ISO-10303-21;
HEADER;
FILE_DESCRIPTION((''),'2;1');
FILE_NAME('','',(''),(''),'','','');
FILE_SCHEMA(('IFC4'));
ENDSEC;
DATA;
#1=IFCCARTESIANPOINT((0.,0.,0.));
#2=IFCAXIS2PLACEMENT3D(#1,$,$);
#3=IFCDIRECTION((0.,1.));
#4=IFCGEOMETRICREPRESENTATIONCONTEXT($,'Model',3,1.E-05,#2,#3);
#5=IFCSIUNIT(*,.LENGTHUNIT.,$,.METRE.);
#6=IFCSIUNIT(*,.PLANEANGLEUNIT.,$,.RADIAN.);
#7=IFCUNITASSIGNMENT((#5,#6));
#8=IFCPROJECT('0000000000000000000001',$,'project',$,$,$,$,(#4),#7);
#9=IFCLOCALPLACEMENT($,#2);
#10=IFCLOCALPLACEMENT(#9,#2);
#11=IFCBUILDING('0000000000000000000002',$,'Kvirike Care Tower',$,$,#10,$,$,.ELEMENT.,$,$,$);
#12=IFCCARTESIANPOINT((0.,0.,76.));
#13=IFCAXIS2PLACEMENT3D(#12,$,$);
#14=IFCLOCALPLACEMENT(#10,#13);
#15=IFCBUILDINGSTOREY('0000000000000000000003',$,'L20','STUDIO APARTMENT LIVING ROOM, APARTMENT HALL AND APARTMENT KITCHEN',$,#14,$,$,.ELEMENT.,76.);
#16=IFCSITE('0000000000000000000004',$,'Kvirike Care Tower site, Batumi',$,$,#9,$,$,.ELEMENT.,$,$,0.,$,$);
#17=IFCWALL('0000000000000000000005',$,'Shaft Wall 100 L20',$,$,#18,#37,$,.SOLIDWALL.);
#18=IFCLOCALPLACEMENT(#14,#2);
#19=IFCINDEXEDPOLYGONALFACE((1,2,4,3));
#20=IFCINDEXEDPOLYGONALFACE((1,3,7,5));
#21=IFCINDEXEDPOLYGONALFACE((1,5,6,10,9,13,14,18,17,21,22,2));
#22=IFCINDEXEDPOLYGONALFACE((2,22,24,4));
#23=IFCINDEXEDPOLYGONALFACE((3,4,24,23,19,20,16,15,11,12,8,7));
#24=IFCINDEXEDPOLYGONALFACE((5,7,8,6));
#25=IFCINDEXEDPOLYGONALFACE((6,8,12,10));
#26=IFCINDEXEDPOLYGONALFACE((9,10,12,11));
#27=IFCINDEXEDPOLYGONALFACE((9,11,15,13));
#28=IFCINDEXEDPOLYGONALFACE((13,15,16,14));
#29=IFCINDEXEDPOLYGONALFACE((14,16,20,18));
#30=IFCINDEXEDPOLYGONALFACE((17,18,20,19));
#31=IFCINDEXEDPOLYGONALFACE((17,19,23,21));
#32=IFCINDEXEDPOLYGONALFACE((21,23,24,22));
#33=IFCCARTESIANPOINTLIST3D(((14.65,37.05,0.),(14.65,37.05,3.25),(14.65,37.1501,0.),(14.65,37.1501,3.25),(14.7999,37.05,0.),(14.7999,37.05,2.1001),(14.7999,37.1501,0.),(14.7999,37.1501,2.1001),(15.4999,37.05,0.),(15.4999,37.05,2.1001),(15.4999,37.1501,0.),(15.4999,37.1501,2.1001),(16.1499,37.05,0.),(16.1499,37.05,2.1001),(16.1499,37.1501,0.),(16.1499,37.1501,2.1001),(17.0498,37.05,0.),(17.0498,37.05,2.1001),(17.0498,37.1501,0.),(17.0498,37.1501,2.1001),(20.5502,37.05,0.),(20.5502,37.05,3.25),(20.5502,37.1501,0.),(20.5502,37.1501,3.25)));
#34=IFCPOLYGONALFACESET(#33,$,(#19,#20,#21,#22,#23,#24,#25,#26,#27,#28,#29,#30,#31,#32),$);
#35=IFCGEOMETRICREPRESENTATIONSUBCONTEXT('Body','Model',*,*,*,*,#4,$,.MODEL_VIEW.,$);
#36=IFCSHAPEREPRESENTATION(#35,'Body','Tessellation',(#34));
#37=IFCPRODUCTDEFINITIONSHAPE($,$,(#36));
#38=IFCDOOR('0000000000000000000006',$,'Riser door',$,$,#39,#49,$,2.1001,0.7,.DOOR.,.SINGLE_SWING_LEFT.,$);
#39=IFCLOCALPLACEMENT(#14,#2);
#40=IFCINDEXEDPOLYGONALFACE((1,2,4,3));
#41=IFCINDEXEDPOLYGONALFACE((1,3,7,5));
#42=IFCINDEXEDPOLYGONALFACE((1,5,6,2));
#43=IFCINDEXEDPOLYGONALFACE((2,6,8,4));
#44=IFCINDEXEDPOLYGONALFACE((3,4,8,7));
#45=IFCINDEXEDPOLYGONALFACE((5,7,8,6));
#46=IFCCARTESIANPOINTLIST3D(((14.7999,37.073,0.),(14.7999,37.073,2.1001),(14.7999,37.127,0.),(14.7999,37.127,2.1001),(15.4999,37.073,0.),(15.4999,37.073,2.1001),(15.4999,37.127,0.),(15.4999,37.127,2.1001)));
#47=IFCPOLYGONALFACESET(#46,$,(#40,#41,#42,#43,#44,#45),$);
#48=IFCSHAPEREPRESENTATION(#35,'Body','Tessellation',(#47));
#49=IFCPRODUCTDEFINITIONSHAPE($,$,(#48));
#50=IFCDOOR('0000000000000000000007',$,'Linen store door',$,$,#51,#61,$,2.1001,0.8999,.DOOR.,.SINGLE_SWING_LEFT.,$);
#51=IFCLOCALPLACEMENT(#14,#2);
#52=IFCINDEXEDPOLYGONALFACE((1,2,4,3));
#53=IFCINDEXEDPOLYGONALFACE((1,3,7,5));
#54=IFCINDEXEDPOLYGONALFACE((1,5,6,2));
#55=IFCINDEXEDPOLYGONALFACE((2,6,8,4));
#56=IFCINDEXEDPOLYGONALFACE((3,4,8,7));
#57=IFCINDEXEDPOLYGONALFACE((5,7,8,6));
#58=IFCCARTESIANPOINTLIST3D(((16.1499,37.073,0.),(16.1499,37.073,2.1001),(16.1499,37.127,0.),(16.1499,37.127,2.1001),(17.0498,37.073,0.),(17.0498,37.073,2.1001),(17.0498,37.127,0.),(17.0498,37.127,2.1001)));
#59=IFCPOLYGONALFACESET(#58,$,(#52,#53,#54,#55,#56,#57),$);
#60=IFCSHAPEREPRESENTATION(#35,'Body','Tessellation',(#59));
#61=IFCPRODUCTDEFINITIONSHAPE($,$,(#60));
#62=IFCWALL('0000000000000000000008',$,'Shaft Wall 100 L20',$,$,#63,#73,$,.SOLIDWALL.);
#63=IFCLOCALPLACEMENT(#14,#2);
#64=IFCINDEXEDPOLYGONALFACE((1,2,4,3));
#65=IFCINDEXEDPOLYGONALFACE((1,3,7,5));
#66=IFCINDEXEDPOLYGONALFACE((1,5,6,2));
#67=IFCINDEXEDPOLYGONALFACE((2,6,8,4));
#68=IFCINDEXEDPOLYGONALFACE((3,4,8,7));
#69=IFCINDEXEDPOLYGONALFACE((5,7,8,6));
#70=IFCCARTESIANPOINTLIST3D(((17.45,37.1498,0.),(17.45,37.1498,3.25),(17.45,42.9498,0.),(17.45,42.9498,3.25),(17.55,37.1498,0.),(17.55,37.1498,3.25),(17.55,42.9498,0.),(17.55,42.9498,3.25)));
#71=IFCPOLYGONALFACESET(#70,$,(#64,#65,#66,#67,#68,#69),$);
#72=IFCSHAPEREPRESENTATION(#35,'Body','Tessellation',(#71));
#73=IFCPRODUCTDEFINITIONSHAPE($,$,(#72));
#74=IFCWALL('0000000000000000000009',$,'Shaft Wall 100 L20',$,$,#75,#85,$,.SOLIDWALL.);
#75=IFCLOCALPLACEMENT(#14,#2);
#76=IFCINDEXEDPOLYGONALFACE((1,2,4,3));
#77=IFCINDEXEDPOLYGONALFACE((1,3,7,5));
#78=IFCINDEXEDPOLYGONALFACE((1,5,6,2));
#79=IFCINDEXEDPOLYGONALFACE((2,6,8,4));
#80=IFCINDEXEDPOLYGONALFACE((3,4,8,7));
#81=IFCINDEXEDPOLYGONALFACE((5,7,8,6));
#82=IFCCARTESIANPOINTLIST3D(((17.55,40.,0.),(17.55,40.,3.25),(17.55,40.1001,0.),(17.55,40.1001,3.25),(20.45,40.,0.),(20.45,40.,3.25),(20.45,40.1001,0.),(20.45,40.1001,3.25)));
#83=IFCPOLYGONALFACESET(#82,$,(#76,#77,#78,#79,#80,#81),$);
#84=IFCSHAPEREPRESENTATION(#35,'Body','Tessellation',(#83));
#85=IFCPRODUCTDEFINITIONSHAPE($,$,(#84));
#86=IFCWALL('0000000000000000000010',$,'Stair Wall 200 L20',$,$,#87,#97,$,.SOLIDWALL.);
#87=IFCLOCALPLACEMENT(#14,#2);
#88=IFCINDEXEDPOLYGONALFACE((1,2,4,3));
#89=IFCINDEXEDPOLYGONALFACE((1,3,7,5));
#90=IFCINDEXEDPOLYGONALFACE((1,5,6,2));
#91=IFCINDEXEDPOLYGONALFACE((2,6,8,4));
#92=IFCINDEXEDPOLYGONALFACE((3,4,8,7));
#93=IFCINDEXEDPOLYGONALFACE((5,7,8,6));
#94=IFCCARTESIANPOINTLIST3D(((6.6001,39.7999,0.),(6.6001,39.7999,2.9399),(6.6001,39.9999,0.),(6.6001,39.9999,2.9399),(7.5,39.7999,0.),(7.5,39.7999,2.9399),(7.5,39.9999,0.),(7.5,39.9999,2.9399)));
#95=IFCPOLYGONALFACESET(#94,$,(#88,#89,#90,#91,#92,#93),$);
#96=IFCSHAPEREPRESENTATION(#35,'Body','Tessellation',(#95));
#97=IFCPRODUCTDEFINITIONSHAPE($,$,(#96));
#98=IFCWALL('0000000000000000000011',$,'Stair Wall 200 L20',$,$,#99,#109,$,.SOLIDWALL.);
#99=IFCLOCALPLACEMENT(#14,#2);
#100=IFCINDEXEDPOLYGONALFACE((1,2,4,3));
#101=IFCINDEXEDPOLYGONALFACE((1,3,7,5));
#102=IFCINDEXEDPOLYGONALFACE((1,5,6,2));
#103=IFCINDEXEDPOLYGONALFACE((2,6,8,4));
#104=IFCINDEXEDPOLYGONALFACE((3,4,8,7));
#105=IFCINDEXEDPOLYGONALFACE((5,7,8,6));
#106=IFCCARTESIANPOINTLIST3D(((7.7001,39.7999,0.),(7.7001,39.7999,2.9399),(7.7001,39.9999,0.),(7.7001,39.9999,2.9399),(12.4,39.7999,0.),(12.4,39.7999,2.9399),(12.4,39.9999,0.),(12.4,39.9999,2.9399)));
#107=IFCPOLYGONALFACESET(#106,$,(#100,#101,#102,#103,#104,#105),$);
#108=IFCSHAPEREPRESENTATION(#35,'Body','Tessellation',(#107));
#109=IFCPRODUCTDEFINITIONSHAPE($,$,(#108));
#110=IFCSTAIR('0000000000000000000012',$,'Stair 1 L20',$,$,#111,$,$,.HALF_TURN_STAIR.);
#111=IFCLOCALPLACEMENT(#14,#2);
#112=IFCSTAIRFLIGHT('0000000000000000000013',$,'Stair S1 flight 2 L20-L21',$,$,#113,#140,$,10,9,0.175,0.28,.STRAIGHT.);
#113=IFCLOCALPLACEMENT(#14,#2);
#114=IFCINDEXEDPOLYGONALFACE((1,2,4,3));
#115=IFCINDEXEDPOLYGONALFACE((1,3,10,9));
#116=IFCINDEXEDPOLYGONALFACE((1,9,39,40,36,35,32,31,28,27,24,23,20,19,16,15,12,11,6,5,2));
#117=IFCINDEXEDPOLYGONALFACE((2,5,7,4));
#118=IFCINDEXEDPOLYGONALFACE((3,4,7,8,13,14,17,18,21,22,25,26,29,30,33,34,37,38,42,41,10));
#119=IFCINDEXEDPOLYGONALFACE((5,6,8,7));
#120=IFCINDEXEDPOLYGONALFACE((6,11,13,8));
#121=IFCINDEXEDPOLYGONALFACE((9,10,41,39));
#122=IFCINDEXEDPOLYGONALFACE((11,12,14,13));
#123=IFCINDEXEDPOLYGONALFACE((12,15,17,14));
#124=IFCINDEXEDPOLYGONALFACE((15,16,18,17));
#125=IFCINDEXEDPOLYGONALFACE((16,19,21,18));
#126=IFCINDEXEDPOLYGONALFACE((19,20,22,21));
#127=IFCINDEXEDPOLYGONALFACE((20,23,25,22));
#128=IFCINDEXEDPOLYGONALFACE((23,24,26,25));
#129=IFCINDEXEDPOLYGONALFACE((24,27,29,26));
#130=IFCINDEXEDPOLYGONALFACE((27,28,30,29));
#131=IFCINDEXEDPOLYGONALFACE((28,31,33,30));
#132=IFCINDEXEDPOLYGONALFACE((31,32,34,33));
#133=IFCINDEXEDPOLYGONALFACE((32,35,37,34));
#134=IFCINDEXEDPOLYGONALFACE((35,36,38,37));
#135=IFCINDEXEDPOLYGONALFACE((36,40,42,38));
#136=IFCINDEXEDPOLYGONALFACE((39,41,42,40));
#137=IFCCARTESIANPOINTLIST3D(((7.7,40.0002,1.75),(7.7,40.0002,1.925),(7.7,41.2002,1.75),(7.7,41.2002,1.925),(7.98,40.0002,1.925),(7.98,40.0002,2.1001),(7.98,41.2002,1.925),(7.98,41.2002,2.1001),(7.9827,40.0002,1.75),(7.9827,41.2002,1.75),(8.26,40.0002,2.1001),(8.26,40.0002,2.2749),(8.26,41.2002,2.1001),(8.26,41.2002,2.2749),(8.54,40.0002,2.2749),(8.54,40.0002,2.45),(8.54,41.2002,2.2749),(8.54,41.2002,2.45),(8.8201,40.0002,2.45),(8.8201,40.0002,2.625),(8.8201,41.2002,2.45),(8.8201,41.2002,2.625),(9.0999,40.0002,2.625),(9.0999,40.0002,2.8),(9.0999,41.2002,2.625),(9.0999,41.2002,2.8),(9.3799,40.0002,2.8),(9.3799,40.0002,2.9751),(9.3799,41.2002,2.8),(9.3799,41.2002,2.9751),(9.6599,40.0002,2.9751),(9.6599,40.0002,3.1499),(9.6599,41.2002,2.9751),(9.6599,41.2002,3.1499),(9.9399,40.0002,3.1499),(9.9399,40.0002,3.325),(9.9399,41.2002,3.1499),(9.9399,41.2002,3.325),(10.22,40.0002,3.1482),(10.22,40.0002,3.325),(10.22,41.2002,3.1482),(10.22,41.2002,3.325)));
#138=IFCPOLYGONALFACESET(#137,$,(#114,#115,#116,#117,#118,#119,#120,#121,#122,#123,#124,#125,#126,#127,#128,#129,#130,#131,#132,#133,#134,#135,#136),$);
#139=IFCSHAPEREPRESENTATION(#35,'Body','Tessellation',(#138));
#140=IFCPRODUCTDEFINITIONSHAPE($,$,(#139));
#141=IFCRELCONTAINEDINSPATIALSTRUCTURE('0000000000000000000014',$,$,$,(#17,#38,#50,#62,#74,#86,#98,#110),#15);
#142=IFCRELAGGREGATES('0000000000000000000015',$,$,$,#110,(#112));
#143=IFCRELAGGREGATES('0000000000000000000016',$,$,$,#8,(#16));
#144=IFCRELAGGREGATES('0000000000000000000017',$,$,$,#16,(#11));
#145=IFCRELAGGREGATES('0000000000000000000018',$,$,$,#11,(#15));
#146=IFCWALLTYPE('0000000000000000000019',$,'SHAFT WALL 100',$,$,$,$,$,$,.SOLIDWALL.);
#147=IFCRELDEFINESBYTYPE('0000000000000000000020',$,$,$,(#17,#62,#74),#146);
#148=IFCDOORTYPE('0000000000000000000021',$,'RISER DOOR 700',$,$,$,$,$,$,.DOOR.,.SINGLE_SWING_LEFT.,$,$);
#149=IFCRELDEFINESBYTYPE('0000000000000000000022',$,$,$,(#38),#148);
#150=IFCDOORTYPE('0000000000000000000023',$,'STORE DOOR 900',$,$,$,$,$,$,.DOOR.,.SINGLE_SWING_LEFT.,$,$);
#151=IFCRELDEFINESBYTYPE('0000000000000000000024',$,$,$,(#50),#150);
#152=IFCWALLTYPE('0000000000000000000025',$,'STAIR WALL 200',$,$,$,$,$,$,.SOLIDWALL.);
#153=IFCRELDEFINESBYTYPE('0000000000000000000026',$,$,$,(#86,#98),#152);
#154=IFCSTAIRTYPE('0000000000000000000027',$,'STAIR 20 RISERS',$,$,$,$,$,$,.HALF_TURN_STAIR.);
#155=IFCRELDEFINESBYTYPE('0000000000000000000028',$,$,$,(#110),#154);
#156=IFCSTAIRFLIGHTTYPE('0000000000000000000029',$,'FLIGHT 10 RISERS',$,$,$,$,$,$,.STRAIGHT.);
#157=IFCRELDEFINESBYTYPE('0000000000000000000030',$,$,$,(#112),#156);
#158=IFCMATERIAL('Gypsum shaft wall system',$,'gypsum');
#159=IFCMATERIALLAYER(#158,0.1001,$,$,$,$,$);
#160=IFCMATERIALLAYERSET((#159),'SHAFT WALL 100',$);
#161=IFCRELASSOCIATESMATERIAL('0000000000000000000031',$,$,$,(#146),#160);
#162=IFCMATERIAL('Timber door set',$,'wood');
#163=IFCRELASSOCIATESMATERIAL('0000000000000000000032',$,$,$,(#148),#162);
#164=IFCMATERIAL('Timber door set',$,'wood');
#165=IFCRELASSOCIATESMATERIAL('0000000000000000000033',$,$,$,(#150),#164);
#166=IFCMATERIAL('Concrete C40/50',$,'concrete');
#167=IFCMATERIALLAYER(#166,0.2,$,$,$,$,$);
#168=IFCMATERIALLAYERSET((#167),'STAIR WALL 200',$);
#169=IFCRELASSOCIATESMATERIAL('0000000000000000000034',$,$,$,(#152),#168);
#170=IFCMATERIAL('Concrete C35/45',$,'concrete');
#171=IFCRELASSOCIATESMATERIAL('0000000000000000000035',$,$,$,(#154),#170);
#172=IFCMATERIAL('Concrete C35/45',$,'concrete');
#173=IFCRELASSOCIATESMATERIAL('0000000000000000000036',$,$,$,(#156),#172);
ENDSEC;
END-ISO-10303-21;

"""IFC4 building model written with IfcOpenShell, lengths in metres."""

from ifc_helpers import new_model, si_unit, direction, frame, frame_2d, origin, place, context, subcontext, project, spatial, polyline, rectangle, outline, extrude, material, layer, layer_set, type_object, element, fill, aggregate, save


model = new_model("IFC4")

# Units and contexts
model_context = context("Model", 3, precision=1e-05, world=origin(), true_north=direction((0.0, 1.0)))
body_context = subcontext(model_context, "Body", "Model", "MODEL_VIEW")
ifc_project = project(units=[si_unit("LENGTHUNIT", "METRE"), si_unit("PLANEANGLEUNIT", "RADIAN")], contexts=[model_context])

# Site, building, storey
site_placement = place(None, origin())
site = spatial("IfcSite", under=ifc_project, at=site_placement, Name="Kvirike Care Tower site, Batumi", CompositionType="ELEMENT", RefElevation=0.0)
building_placement = place(site_placement, origin())
building = spatial("IfcBuilding", under=site, at=building_placement, Name="Kvirike Care Tower", CompositionType="ELEMENT")
storey_placement = place(building_placement, frame((0.0, 0.0, 76.0)))
storey = spatial("IfcBuildingStorey", under=building, at=storey_placement, Name="L20", Description="STUDIO APARTMENT LIVING ROOM, APARTMENT HALL AND APARTMENT KITCHEN", CompositionType="ELEMENT", Elevation=76.0)

# Shared definitions
ifc_material_1 = material(Name="Gypsum shaft wall system", Category="gypsum")
ifc_layer_1 = layer(ifc_material_1, 0.1001)
ifc_layer_set_1 = layer_set([ifc_layer_1], Name="SHAFT WALL 100")
wall_type_1 = type_object("IfcWallType", Name="SHAFT WALL 100", PredefinedType="SOLIDWALL", material=ifc_layer_set_1)

# Shared definitions
ifc_material_2 = material(Name="Timber door set", Category="wood")
door_type_1 = type_object("IfcDoorType", Name="RISER DOOR 700", OperationType="SINGLE_SWING_LEFT", PredefinedType="DOOR", material=ifc_material_2)

# Wall, openings, doors
wall_1_placement = place(storey_placement, frame((14.6499, 37.1001, 0.0), z_axis=(0.0, 0.0, 1.0), x_axis=(1.0, 0.0, 0.0)))
wall_1 = element("IfcWall", 1, at=wall_1_placement, inside=storey, type_object=wall_type_1, Name="Shaft Wall 100 L20", PredefinedType="SOLIDWALL", context=body_context, shape_type="SweptSolid", body=[
    extrude(rectangle(XDim=5.9001, YDim=0.1001, at=frame_2d((2.9502, 0.0))), origin(), (0.0, 0.0, 1.0), 3.25),
])
opening_1_placement = place(wall_1_placement, frame((0.1499, 0.0, 0.0)))
opening_1 = element("IfcOpeningElement", 2, at=opening_1_placement, cuts=wall_1, PredefinedType="OPENING", context=body_context, shape_type="SweptSolid", body=[
    extrude(rectangle(XDim=0.7, YDim=2.1001, at=frame_2d((0.3501, 1.05))), frame((0.0, 0.0605, 0.0), z_axis=(0.0, -1.0, 0.0), x_axis=(1.0, 0.0, 0.0)), (0.0, 0.0, 1.0), 0.1211),
])
opening_2_placement = place(wall_1_placement, frame((1.5, 0.0, 0.0)))
opening_2 = element("IfcOpeningElement", 3, at=opening_2_placement, cuts=wall_1, PredefinedType="OPENING", context=body_context, shape_type="SweptSolid", body=[
    extrude(rectangle(XDim=0.8999, YDim=2.1001, at=frame_2d((0.45, 1.05))), frame((0.0, 0.0605, 0.0), z_axis=(0.0, -1.0, 0.0), x_axis=(1.0, 0.0, 0.0)), (0.0, 0.0, 1.0), 0.1211),
])
door_1_placement = place(opening_1_placement, origin())
door_1 = element("IfcDoor", 4, at=door_1_placement, inside=storey, type_object=door_type_1, Name="Riser door", OperationType="SINGLE_SWING_LEFT", OverallHeight=2.1001, OverallWidth=0.7, PredefinedType="DOOR", context=body_context, shape_type="SweptSolid", body=[
    extrude(rectangle(XDim=0.7, YDim=2.1001, at=frame_2d((0.3501, 1.05))), frame((0.0, 0.0269, 0.0), z_axis=(0.0, -1.0, 0.0), x_axis=(1.0, 0.0, 0.0)), (0.0, 0.0, 1.0), 0.054),
])
fill(opening_1, door_1)
ifc_material_3 = material(Name="Timber door set", Category="wood")
door_type_2 = type_object("IfcDoorType", Name="STORE DOOR 900", OperationType="SINGLE_SWING_LEFT", PredefinedType="DOOR", material=ifc_material_3)
door_2_placement = place(opening_2_placement, origin())
door_2 = element("IfcDoor", 5, at=door_2_placement, inside=storey, type_object=door_type_2, Name="Linen store door", OperationType="SINGLE_SWING_LEFT", OverallHeight=2.1001, OverallWidth=0.8999, PredefinedType="DOOR", context=body_context, shape_type="SweptSolid", body=[
    extrude(rectangle(XDim=0.8999, YDim=2.1001, at=frame_2d((0.45, 1.05))), frame((0.0, 0.0269, 0.0), z_axis=(0.0, -1.0, 0.0), x_axis=(1.0, 0.0, 0.0)), (0.0, 0.0, 1.0), 0.054),
])
fill(opening_2, door_2)

# Walls
wall_2_placement = place(storey_placement, frame((17.5, 37.1499, 0.0), z_axis=(0.0, 0.0, 1.0), x_axis=(0.0, 1.0, 0.0)))
element("IfcWall", 6, at=wall_2_placement, inside=storey, type_object=wall_type_1, Name="Shaft Wall 100 L20", PredefinedType="SOLIDWALL", context=body_context, shape_type="SweptSolid", body=[
    extrude(rectangle(XDim=5.8, YDim=0.1001, at=frame_2d((2.8999, 0.0))), origin(), (0.0, 0.0, 1.0), 3.25),
])
wall_3_placement = place(storey_placement, frame((17.55, 40.05, 0.0), z_axis=(0.0, 0.0, 1.0), x_axis=(1.0, 0.0, 0.0)))
element("IfcWall", 7, at=wall_3_placement, inside=storey, type_object=wall_type_1, Name="Shaft Wall 100 L20", PredefinedType="SOLIDWALL", context=body_context, shape_type="SweptSolid", body=[
    extrude(rectangle(XDim=2.8999, YDim=0.1001, at=frame_2d((1.45, 0.0))), origin(), (0.0, 0.0, 1.0), 3.25),
])
ifc_material_4 = material(Name="Concrete C40/50", Category="concrete")
ifc_layer_2 = layer(ifc_material_4, 0.2)
ifc_layer_set_2 = layer_set([ifc_layer_2], Name="STAIR WALL 200")
wall_type_2 = type_object("IfcWallType", Name="STAIR WALL 200", PredefinedType="SOLIDWALL", material=ifc_layer_set_2)
wall_4_placement = place(storey_placement, frame((6.6001, 39.8999, 0.0), z_axis=(0.0, 0.0, 1.0), x_axis=(1.0, 0.0, 0.0)))
element("IfcWall", 8, at=wall_4_placement, inside=storey, type_object=wall_type_2, Name="Stair Wall 200 L20", PredefinedType="SOLIDWALL", context=body_context, shape_type="SweptSolid", body=[
    extrude(rectangle(XDim=0.8999, YDim=0.2, at=frame_2d((0.45, 0.0))), origin(), (0.0, 0.0, 1.0), 2.9399),
])
wall_5_placement = place(storey_placement, frame((7.7, 39.8999, 0.0), z_axis=(0.0, 0.0, 1.0), x_axis=(1.0, 0.0, 0.0)))
element("IfcWall", 9, at=wall_5_placement, inside=storey, type_object=wall_type_2, Name="Stair Wall 200 L20", PredefinedType="SOLIDWALL", context=body_context, shape_type="SweptSolid", body=[
    extrude(rectangle(XDim=4.7, YDim=0.2, at=frame_2d((2.3501, 0.0))), origin(), (0.0, 0.0, 1.0), 2.9399),
])

# Stair, stair flight
ifc_material_5 = material(Name="Concrete C35/45", Category="concrete")
stair_type = type_object("IfcStairType", Name="STAIR 20 RISERS", PredefinedType="HALF_TURN_STAIR", material=ifc_material_5)
stair_placement = place(storey_placement, origin())
stair = element("IfcStair", 10, at=stair_placement, inside=storey, type_object=stair_type, Name="Stair 1 L20", PredefinedType="HALF_TURN_STAIR")
ifc_material_6 = material(Name="Concrete C35/45", Category="concrete")
stair_flight_type = type_object("IfcStairFlightType", Name="FLIGHT 10 RISERS", PredefinedType="STRAIGHT", material=ifc_material_6)
stair_flight_placement = place(storey_placement, frame((7.7, 40.6001, 1.75), z_axis=(0.0, 0.0, 1.0), x_axis=(1.0, 0.0, 0.0)))
stair_flight = element("IfcStairFlight", 11, at=stair_flight_placement, type_object=stair_flight_type, Name="Stair S1 flight 2 L20-L21", NumberOfRisers=10, NumberOfTreads=9, PredefinedType="STRAIGHT", RiserHeight=0.175, TreadLength=0.28, context=body_context, shape_type="SweptSolid", body=[
    extrude(outline(polyline([(0.0, 0.0), (0.0, 0.175), (0.28, 0.175), (0.28, 0.3501), (0.5601, 0.3501), (0.5601, 0.5249), (0.8401, 0.5249), (0.8401, 0.7), (1.1201, 0.7), (1.1201, 0.875), (1.3999, 0.875), (1.3999, 1.05), (1.6799, 1.05), (1.6799, 1.2251), (1.96, 1.2251), (1.96, 1.3999), (2.24, 1.3999), (2.24, 1.575), (2.52, 1.575), (2.52, 1.75), (2.52, 1.3982), (0.2827, 0.0), (0.0, 0.0)])), frame((0.0, 0.6001, 0.0), z_axis=(0.0, -1.0, 0.0), x_axis=(1.0, 0.0, 0.0)), (0.0, 0.0, 1.0), 1.2),
])
aggregate(stair, [stair_flight])

save(model, "model.ifc")
